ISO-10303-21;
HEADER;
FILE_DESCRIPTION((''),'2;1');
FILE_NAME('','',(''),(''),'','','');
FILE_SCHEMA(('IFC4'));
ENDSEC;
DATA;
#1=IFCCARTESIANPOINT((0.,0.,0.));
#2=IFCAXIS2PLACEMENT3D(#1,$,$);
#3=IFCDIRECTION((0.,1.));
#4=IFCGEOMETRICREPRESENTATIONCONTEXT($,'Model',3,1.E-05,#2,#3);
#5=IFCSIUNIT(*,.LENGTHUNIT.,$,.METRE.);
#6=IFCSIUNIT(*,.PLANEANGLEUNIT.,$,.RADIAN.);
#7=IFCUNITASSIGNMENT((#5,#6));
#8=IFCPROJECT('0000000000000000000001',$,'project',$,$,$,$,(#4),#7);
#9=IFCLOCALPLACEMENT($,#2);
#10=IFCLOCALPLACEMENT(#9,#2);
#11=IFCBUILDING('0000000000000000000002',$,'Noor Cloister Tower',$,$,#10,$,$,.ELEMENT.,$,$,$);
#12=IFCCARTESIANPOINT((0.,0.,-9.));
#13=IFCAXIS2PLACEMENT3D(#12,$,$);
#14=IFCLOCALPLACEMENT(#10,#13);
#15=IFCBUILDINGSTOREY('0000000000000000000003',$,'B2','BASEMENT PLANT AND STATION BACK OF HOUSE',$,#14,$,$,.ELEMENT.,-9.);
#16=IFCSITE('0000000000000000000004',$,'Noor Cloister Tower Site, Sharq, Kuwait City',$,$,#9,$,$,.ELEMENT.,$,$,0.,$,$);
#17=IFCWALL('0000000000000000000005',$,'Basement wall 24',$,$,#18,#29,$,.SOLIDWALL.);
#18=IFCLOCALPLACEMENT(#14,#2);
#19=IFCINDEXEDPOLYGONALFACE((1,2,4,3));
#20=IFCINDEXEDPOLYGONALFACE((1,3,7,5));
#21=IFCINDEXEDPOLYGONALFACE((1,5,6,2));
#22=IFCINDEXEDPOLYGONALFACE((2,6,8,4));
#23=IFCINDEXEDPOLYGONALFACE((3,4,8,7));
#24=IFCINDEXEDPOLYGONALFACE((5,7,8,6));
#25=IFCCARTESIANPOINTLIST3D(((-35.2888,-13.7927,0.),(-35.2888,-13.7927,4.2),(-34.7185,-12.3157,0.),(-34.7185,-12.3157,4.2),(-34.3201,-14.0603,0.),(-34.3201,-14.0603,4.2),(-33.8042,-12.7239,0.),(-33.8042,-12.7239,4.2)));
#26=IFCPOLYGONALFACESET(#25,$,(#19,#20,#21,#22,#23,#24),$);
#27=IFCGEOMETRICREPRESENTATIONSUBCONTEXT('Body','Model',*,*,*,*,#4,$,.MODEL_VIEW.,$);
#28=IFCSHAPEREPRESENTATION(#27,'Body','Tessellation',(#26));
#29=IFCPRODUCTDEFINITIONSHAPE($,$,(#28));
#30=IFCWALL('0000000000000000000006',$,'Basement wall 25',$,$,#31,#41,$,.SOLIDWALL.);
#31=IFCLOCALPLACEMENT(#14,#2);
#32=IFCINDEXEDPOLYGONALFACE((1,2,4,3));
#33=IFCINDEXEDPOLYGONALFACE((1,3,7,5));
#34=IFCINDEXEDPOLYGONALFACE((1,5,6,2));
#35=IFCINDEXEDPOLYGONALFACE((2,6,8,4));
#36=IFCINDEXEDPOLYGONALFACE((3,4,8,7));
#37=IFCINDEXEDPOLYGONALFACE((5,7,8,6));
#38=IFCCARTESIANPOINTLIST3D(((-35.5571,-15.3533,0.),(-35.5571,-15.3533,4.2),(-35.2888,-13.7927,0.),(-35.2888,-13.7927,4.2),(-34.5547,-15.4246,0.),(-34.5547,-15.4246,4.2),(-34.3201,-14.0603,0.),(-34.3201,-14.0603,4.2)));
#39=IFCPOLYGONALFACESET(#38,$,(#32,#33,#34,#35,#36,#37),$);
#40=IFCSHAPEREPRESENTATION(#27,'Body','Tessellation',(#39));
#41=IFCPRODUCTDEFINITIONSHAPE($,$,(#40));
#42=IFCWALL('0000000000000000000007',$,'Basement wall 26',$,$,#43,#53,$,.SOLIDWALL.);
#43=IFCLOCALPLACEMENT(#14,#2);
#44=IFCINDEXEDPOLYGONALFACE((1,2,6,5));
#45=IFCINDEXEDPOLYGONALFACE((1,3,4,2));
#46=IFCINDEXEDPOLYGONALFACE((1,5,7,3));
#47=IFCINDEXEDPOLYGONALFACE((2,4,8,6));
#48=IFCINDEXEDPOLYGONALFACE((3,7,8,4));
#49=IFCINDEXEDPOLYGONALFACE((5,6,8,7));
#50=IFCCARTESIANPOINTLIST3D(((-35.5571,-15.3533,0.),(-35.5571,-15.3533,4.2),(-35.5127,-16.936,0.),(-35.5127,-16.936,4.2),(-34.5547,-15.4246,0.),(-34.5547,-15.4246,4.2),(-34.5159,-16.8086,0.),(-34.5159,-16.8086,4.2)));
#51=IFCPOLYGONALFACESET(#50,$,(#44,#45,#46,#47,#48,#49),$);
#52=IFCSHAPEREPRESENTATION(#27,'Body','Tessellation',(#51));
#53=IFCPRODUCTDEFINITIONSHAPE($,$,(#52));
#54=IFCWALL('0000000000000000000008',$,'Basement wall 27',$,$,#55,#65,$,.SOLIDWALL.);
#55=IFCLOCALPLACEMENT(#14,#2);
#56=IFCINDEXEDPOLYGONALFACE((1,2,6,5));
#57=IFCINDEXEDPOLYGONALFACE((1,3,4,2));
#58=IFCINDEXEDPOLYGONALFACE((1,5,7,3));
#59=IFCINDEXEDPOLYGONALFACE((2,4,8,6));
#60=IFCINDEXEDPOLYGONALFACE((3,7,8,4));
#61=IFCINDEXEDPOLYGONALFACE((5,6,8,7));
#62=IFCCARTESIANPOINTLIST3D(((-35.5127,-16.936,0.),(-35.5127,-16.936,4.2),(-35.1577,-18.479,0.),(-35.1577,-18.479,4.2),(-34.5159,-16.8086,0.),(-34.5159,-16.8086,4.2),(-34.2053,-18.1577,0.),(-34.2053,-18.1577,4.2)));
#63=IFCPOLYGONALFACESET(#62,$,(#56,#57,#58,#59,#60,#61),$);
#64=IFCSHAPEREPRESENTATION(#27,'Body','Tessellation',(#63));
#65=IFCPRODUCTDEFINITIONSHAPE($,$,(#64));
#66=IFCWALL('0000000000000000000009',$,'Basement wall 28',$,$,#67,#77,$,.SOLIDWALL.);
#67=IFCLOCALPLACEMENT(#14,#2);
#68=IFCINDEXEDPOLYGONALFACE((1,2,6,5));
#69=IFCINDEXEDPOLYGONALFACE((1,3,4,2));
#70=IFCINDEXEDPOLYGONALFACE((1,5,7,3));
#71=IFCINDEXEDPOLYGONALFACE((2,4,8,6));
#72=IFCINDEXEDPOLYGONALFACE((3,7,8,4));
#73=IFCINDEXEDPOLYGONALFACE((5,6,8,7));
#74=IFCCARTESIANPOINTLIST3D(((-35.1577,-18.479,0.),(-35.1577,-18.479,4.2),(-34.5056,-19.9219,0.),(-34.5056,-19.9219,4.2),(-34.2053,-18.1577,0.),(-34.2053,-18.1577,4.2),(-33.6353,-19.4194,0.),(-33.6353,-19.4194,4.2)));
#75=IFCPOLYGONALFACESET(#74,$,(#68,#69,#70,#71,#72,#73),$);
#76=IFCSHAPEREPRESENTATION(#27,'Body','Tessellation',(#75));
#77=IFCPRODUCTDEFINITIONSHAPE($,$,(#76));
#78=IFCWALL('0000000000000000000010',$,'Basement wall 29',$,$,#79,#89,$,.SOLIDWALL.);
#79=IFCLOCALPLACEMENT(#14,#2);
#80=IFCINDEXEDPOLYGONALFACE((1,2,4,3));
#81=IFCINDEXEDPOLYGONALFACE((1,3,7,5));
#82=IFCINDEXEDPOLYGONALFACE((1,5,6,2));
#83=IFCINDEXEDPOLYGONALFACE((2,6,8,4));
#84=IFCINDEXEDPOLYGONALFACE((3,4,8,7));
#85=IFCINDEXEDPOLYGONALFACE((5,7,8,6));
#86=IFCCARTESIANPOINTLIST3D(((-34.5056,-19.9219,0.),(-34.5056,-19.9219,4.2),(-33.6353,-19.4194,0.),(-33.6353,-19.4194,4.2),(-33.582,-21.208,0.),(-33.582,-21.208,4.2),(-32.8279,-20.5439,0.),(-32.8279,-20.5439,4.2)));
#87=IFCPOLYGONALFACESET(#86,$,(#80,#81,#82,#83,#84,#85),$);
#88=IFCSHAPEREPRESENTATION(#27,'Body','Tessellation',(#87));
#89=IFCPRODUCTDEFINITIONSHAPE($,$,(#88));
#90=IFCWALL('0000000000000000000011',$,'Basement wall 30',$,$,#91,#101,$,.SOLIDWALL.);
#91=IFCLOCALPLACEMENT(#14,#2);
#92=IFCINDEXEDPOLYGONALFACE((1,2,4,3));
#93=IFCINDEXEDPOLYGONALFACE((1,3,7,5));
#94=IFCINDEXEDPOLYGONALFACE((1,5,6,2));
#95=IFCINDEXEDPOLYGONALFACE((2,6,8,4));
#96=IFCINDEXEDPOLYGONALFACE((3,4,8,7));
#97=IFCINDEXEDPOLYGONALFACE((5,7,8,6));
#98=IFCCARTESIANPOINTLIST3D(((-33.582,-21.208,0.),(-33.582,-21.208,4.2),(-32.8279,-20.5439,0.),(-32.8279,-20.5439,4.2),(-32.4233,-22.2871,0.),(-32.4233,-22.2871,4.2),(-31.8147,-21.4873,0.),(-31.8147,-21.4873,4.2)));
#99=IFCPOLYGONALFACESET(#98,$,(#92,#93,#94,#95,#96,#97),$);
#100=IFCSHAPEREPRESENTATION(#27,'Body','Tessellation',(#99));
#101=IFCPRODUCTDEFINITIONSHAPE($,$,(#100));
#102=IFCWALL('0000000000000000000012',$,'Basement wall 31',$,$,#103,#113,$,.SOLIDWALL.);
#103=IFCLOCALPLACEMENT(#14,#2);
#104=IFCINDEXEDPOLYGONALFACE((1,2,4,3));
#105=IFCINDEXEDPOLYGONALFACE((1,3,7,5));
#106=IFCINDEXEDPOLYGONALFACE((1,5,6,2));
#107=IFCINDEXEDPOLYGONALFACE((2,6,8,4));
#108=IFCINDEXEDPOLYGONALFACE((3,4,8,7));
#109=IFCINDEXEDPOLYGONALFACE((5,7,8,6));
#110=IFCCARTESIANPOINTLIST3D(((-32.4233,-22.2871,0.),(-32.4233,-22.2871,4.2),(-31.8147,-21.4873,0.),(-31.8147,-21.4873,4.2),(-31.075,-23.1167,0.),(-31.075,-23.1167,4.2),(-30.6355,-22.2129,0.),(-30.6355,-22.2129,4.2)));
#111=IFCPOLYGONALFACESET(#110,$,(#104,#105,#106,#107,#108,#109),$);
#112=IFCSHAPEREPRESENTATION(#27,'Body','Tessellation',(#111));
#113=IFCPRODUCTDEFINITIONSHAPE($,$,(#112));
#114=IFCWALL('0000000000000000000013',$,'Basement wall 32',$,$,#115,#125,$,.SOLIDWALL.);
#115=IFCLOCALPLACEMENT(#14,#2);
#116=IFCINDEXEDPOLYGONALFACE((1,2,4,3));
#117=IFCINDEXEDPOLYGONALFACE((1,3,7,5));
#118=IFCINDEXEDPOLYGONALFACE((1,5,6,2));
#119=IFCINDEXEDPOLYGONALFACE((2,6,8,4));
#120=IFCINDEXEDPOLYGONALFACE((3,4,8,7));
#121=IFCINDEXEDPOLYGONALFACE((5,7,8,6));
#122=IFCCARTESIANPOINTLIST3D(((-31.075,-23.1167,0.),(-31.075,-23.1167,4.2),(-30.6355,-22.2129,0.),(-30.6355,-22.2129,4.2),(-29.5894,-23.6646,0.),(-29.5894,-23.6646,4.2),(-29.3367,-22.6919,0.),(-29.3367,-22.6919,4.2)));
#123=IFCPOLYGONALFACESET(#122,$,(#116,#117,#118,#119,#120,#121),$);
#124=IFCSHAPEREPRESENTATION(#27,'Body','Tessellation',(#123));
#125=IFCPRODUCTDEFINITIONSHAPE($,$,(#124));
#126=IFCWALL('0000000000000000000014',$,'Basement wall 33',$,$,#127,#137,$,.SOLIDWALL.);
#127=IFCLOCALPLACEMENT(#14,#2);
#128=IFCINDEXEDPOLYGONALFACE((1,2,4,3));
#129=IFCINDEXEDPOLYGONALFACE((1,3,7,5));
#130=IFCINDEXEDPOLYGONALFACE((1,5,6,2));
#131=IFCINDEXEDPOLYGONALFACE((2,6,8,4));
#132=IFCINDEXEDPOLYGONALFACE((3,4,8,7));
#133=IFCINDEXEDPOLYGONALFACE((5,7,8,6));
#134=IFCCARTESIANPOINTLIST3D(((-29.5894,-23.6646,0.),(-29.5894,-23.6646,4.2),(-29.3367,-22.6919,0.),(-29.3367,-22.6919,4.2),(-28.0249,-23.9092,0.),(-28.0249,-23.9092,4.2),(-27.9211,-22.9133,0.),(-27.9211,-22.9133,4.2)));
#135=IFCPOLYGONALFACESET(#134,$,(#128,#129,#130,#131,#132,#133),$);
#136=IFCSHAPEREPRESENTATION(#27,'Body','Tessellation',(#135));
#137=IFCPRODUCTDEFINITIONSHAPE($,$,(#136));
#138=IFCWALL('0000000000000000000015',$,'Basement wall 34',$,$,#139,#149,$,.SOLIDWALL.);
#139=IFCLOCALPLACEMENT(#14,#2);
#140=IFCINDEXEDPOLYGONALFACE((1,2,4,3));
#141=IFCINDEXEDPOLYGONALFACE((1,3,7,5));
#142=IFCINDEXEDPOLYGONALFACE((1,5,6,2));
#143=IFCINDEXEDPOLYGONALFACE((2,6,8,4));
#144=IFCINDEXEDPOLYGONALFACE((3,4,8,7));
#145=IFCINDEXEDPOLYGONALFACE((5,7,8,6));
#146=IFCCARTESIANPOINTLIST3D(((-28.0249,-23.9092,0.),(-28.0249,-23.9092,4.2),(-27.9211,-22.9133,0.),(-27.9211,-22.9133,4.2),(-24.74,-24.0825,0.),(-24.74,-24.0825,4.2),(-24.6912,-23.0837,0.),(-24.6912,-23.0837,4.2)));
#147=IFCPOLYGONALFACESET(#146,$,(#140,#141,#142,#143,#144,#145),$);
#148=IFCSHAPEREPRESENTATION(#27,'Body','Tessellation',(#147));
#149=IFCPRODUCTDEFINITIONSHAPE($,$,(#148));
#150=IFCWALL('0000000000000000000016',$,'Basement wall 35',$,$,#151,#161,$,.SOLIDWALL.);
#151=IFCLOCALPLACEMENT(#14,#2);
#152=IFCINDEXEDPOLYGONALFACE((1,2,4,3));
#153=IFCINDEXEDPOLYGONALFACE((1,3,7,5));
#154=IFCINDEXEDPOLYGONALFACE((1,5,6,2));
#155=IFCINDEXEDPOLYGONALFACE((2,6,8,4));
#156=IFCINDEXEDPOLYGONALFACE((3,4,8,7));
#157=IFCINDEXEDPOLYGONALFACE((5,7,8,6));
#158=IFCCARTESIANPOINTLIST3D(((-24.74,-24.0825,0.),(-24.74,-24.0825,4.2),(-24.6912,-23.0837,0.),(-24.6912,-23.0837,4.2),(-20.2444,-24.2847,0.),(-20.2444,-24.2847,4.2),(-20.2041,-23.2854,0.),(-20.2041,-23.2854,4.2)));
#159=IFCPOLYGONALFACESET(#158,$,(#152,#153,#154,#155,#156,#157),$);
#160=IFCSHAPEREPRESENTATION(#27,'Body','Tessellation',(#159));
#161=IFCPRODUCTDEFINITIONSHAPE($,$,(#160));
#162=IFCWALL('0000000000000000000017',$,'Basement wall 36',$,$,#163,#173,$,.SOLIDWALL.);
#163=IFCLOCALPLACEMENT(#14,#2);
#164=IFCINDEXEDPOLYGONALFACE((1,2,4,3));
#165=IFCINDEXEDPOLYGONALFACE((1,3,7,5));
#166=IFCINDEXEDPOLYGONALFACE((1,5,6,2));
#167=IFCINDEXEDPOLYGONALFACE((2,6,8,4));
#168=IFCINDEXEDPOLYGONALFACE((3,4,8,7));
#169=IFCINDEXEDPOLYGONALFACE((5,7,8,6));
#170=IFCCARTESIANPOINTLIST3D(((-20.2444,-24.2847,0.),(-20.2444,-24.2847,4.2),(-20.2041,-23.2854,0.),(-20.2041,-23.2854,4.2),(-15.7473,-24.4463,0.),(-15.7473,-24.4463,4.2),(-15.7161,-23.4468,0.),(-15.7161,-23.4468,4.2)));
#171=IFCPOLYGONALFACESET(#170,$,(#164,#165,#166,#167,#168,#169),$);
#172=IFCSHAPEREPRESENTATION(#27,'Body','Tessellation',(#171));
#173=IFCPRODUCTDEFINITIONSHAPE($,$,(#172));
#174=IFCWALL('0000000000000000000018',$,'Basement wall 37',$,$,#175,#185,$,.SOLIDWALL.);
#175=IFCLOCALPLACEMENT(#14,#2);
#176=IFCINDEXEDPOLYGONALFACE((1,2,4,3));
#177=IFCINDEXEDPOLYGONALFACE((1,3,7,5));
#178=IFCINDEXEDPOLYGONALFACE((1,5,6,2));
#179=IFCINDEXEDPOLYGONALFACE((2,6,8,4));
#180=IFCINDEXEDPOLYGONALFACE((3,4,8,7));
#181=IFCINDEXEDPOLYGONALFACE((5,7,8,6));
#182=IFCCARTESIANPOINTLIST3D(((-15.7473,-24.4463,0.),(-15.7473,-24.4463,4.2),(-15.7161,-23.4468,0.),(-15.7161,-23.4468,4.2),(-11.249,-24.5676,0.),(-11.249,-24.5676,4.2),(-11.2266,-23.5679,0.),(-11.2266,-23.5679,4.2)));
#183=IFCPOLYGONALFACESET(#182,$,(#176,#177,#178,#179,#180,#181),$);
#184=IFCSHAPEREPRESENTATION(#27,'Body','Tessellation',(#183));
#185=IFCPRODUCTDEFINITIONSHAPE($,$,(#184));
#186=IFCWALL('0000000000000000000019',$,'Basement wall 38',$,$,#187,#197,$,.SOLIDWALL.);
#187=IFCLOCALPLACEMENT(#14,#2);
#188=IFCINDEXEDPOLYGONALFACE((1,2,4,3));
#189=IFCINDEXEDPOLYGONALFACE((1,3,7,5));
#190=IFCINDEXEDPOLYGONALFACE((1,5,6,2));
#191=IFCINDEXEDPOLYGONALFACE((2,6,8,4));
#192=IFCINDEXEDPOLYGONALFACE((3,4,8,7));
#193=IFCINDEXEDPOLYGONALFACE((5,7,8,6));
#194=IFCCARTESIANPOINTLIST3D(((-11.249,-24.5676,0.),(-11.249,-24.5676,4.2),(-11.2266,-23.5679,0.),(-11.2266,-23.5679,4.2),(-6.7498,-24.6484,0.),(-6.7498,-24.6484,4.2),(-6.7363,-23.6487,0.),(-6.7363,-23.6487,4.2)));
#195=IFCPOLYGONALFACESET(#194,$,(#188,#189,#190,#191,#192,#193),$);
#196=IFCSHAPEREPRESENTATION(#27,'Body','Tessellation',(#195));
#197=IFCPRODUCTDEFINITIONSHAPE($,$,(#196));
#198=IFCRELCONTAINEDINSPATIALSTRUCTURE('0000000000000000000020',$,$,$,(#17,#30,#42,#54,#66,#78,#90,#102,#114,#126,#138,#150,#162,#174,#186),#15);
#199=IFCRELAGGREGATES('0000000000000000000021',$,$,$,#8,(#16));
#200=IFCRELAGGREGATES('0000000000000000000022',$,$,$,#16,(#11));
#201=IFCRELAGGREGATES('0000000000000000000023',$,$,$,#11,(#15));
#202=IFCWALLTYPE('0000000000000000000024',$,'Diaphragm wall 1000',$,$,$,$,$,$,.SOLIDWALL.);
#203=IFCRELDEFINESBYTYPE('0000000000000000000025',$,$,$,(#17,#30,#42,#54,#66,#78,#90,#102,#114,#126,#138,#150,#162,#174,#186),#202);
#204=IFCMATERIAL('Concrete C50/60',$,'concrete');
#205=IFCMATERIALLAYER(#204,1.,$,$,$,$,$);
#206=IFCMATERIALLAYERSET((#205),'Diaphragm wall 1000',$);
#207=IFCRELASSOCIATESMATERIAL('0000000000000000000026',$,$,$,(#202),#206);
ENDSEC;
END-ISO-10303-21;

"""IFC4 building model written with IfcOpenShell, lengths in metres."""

from ifc_helpers import new_model, si_unit, direction, frame, origin, place, context, subcontext, project, spatial, polyline, outline, extrude, material, layer, layer_set, type_object, element, save


model = new_model("IFC4")

# Units and contexts
model_context = context("Model", 3, precision=1e-05, world=origin(), true_north=direction((0.0, 1.0)))
body_context = subcontext(model_context, "Body", "Model", "MODEL_VIEW")
ifc_project = project(units=[si_unit("LENGTHUNIT", "METRE"), si_unit("PLANEANGLEUNIT", "RADIAN")], contexts=[model_context])

# Site, building, storey
site_placement = place(None, origin())
site = spatial("IfcSite", under=ifc_project, at=site_placement, Name="Noor Cloister Tower Site, Sharq, Kuwait City", CompositionType="ELEMENT", RefElevation=0.0)
building_placement = place(site_placement, origin())
building = spatial("IfcBuilding", under=site, at=building_placement, Name="Noor Cloister Tower", CompositionType="ELEMENT")
storey_placement = place(building_placement, frame((0.0, 0.0, -9.0)))
storey = spatial("IfcBuildingStorey", under=building, at=storey_placement, Name="B2", Description="BASEMENT PLANT AND STATION BACK OF HOUSE", CompositionType="ELEMENT", Elevation=-9.0)

# Walls
ifc_material_1 = material(Name="Concrete C50/60", Category="concrete")
ifc_layer = layer(ifc_material_1, 1.0)
ifc_layer_set = layer_set([ifc_layer], Name="Diaphragm wall 1000")
wall_type = type_object("IfcWallType", Name="Diaphragm wall 1000", PredefinedType="SOLIDWALL", material=ifc_layer_set)
wall_1_placement = place(storey_placement, origin())
element("IfcWall", 1, at=wall_1_placement, inside=storey, type_object=wall_type, Name="Basement wall 24", PredefinedType="SOLIDWALL", context=body_context, shape_type="SweptSolid", body=[
    extrude(outline(polyline([(-34.7185, -12.3157), (-35.2888, -13.7927), (-34.3201, -14.0603), (-33.8042, -12.7239), (-34.7185, -12.3157)])), origin(), (0.0, 0.0, 1.0), 4.2),
])
wall_2_placement = place(storey_placement, origin())
element("IfcWall", 2, at=wall_2_placement, inside=storey, type_object=wall_type, Name="Basement wall 25", PredefinedType="SOLIDWALL", context=body_context, shape_type="SweptSolid", body=[
    extrude(outline(polyline([(-35.2888, -13.7927), (-35.5571, -15.3533), (-34.5547, -15.4246), (-34.3201, -14.0603), (-35.2888, -13.7927)])), origin(), (0.0, 0.0, 1.0), 4.2),
])
wall_3_placement = place(storey_placement, origin())
element("IfcWall", 3, at=wall_3_placement, inside=storey, type_object=wall_type, Name="Basement wall 26", PredefinedType="SOLIDWALL", context=body_context, shape_type="SweptSolid", body=[
    extrude(outline(polyline([(-35.5571, -15.3533), (-35.5127, -16.936), (-34.5159, -16.8086), (-34.5547, -15.4246), (-35.5571, -15.3533)])), origin(), (0.0, 0.0, 1.0), 4.2),
])
wall_4_placement = place(storey_placement, origin())
element("IfcWall", 4, at=wall_4_placement, inside=storey, type_object=wall_type, Name="Basement wall 27", PredefinedType="SOLIDWALL", context=body_context, shape_type="SweptSolid", body=[
    extrude(outline(polyline([(-35.5127, -16.936), (-35.1577, -18.479), (-34.2053, -18.1577), (-34.5159, -16.8086), (-35.5127, -16.936)])), origin(), (0.0, 0.0, 1.0), 4.2),
])
wall_5_placement = place(storey_placement, origin())
element("IfcWall", 5, at=wall_5_placement, inside=storey, type_object=wall_type, Name="Basement wall 28", PredefinedType="SOLIDWALL", context=body_context, shape_type="SweptSolid", body=[
    extrude(outline(polyline([(-35.1577, -18.479), (-34.5056, -19.9219), (-33.6353, -19.4194), (-34.2053, -18.1577), (-35.1577, -18.479)])), origin(), (0.0, 0.0, 1.0), 4.2),
])
wall_6_placement = place(storey_placement, origin())
element("IfcWall", 6, at=wall_6_placement, inside=storey, type_object=wall_type, Name="Basement wall 29", PredefinedType="SOLIDWALL", context=body_context, shape_type="SweptSolid", body=[
    extrude(outline(polyline([(-34.5056, -19.9219), (-33.582, -21.208), (-32.8279, -20.5439), (-33.6353, -19.4194), (-34.5056, -19.9219)])), origin(), (0.0, 0.0, 1.0), 4.2),
])
wall_7_placement = place(storey_placement, origin())
element("IfcWall", 7, at=wall_7_placement, inside=storey, type_object=wall_type, Name="Basement wall 30", PredefinedType="SOLIDWALL", context=body_context, shape_type="SweptSolid", body=[
    extrude(outline(polyline([(-33.582, -21.208), (-32.4233, -22.2871), (-31.8147, -21.4873), (-32.8279, -20.5439), (-33.582, -21.208)])), origin(), (0.0, 0.0, 1.0), 4.2),
])
wall_8_placement = place(storey_placement, origin())
element("IfcWall", 8, at=wall_8_placement, inside=storey, type_object=wall_type, Name="Basement wall 31", PredefinedType="SOLIDWALL", context=body_context, shape_type="SweptSolid", body=[
    extrude(outline(polyline([(-32.4233, -22.2871), (-31.075, -23.1167), (-30.6355, -22.2129), (-31.8147, -21.4873), (-32.4233, -22.2871)])), origin(), (0.0, 0.0, 1.0), 4.2),
])
wall_9_placement = place(storey_placement, origin())
element("IfcWall", 9, at=wall_9_placement, inside=storey, type_object=wall_type, Name="Basement wall 32", PredefinedType="SOLIDWALL", context=body_context, shape_type="SweptSolid", body=[
    extrude(outline(polyline([(-31.075, -23.1167), (-29.5894, -23.6646), (-29.3367, -22.6919), (-30.6355, -22.2129), (-31.075, -23.1167)])), origin(), (0.0, 0.0, 1.0), 4.2),
])
wall_10_placement = place(storey_placement, origin())
element("IfcWall", 10, at=wall_10_placement, inside=storey, type_object=wall_type, Name="Basement wall 33", PredefinedType="SOLIDWALL", context=body_context, shape_type="SweptSolid", body=[
    extrude(outline(polyline([(-29.5894, -23.6646), (-28.0249, -23.9092), (-27.9211, -22.9133), (-29.3367, -22.6919), (-29.5894, -23.6646)])), origin(), (0.0, 0.0, 1.0), 4.2),
])
wall_11_placement = place(storey_placement, origin())
element("IfcWall", 11, at=wall_11_placement, inside=storey, type_object=wall_type, Name="Basement wall 34", PredefinedType="SOLIDWALL", context=body_context, shape_type="SweptSolid", body=[
    extrude(outline(polyline([(-28.0249, -23.9092), (-24.74, -24.0825), (-24.6912, -23.0837), (-27.9211, -22.9133), (-28.0249, -23.9092)])), origin(), (0.0, 0.0, 1.0), 4.2),
])
wall_12_placement = place(storey_placement, origin())
element("IfcWall", 12, at=wall_12_placement, inside=storey, type_object=wall_type, Name="Basement wall 35", PredefinedType="SOLIDWALL", context=body_context, shape_type="SweptSolid", body=[
    extrude(outline(polyline([(-24.74, -24.0825), (-20.2444, -24.2847), (-20.2041, -23.2854), (-24.6912, -23.0837), (-24.74, -24.0825)])), origin(), (0.0, 0.0, 1.0), 4.2),
])
wall_13_placement = place(storey_placement, origin())
element("IfcWall", 13, at=wall_13_placement, inside=storey, type_object=wall_type, Name="Basement wall 36", PredefinedType="SOLIDWALL", context=body_context, shape_type="SweptSolid", body=[
    extrude(outline(polyline([(-20.2444, -24.2847), (-15.7473, -24.4463), (-15.7161, -23.4468), (-20.2041, -23.2854), (-20.2444, -24.2847)])), origin(), (0.0, 0.0, 1.0), 4.2),
])
wall_14_placement = place(storey_placement, origin())
element("IfcWall", 14, at=wall_14_placement, inside=storey, type_object=wall_type, Name="Basement wall 37", PredefinedType="SOLIDWALL", context=body_context, shape_type="SweptSolid", body=[
    extrude(outline(polyline([(-15.7473, -24.4463), (-11.249, -24.5676), (-11.2266, -23.5679), (-15.7161, -23.4468), (-15.7473, -24.4463)])), origin(), (0.0, 0.0, 1.0), 4.2),
])
wall_15_placement = place(storey_placement, origin())
element("IfcWall", 15, at=wall_15_placement, inside=storey, type_object=wall_type, Name="Basement wall 38", PredefinedType="SOLIDWALL", context=body_context, shape_type="SweptSolid", body=[
    extrude(outline(polyline([(-11.249, -24.5676), (-6.7498, -24.6484), (-6.7363, -23.6487), (-11.2266, -23.5679), (-11.249, -24.5676)])), origin(), (0.0, 0.0, 1.0), 4.2),
])

save(model, "model.ifc")
